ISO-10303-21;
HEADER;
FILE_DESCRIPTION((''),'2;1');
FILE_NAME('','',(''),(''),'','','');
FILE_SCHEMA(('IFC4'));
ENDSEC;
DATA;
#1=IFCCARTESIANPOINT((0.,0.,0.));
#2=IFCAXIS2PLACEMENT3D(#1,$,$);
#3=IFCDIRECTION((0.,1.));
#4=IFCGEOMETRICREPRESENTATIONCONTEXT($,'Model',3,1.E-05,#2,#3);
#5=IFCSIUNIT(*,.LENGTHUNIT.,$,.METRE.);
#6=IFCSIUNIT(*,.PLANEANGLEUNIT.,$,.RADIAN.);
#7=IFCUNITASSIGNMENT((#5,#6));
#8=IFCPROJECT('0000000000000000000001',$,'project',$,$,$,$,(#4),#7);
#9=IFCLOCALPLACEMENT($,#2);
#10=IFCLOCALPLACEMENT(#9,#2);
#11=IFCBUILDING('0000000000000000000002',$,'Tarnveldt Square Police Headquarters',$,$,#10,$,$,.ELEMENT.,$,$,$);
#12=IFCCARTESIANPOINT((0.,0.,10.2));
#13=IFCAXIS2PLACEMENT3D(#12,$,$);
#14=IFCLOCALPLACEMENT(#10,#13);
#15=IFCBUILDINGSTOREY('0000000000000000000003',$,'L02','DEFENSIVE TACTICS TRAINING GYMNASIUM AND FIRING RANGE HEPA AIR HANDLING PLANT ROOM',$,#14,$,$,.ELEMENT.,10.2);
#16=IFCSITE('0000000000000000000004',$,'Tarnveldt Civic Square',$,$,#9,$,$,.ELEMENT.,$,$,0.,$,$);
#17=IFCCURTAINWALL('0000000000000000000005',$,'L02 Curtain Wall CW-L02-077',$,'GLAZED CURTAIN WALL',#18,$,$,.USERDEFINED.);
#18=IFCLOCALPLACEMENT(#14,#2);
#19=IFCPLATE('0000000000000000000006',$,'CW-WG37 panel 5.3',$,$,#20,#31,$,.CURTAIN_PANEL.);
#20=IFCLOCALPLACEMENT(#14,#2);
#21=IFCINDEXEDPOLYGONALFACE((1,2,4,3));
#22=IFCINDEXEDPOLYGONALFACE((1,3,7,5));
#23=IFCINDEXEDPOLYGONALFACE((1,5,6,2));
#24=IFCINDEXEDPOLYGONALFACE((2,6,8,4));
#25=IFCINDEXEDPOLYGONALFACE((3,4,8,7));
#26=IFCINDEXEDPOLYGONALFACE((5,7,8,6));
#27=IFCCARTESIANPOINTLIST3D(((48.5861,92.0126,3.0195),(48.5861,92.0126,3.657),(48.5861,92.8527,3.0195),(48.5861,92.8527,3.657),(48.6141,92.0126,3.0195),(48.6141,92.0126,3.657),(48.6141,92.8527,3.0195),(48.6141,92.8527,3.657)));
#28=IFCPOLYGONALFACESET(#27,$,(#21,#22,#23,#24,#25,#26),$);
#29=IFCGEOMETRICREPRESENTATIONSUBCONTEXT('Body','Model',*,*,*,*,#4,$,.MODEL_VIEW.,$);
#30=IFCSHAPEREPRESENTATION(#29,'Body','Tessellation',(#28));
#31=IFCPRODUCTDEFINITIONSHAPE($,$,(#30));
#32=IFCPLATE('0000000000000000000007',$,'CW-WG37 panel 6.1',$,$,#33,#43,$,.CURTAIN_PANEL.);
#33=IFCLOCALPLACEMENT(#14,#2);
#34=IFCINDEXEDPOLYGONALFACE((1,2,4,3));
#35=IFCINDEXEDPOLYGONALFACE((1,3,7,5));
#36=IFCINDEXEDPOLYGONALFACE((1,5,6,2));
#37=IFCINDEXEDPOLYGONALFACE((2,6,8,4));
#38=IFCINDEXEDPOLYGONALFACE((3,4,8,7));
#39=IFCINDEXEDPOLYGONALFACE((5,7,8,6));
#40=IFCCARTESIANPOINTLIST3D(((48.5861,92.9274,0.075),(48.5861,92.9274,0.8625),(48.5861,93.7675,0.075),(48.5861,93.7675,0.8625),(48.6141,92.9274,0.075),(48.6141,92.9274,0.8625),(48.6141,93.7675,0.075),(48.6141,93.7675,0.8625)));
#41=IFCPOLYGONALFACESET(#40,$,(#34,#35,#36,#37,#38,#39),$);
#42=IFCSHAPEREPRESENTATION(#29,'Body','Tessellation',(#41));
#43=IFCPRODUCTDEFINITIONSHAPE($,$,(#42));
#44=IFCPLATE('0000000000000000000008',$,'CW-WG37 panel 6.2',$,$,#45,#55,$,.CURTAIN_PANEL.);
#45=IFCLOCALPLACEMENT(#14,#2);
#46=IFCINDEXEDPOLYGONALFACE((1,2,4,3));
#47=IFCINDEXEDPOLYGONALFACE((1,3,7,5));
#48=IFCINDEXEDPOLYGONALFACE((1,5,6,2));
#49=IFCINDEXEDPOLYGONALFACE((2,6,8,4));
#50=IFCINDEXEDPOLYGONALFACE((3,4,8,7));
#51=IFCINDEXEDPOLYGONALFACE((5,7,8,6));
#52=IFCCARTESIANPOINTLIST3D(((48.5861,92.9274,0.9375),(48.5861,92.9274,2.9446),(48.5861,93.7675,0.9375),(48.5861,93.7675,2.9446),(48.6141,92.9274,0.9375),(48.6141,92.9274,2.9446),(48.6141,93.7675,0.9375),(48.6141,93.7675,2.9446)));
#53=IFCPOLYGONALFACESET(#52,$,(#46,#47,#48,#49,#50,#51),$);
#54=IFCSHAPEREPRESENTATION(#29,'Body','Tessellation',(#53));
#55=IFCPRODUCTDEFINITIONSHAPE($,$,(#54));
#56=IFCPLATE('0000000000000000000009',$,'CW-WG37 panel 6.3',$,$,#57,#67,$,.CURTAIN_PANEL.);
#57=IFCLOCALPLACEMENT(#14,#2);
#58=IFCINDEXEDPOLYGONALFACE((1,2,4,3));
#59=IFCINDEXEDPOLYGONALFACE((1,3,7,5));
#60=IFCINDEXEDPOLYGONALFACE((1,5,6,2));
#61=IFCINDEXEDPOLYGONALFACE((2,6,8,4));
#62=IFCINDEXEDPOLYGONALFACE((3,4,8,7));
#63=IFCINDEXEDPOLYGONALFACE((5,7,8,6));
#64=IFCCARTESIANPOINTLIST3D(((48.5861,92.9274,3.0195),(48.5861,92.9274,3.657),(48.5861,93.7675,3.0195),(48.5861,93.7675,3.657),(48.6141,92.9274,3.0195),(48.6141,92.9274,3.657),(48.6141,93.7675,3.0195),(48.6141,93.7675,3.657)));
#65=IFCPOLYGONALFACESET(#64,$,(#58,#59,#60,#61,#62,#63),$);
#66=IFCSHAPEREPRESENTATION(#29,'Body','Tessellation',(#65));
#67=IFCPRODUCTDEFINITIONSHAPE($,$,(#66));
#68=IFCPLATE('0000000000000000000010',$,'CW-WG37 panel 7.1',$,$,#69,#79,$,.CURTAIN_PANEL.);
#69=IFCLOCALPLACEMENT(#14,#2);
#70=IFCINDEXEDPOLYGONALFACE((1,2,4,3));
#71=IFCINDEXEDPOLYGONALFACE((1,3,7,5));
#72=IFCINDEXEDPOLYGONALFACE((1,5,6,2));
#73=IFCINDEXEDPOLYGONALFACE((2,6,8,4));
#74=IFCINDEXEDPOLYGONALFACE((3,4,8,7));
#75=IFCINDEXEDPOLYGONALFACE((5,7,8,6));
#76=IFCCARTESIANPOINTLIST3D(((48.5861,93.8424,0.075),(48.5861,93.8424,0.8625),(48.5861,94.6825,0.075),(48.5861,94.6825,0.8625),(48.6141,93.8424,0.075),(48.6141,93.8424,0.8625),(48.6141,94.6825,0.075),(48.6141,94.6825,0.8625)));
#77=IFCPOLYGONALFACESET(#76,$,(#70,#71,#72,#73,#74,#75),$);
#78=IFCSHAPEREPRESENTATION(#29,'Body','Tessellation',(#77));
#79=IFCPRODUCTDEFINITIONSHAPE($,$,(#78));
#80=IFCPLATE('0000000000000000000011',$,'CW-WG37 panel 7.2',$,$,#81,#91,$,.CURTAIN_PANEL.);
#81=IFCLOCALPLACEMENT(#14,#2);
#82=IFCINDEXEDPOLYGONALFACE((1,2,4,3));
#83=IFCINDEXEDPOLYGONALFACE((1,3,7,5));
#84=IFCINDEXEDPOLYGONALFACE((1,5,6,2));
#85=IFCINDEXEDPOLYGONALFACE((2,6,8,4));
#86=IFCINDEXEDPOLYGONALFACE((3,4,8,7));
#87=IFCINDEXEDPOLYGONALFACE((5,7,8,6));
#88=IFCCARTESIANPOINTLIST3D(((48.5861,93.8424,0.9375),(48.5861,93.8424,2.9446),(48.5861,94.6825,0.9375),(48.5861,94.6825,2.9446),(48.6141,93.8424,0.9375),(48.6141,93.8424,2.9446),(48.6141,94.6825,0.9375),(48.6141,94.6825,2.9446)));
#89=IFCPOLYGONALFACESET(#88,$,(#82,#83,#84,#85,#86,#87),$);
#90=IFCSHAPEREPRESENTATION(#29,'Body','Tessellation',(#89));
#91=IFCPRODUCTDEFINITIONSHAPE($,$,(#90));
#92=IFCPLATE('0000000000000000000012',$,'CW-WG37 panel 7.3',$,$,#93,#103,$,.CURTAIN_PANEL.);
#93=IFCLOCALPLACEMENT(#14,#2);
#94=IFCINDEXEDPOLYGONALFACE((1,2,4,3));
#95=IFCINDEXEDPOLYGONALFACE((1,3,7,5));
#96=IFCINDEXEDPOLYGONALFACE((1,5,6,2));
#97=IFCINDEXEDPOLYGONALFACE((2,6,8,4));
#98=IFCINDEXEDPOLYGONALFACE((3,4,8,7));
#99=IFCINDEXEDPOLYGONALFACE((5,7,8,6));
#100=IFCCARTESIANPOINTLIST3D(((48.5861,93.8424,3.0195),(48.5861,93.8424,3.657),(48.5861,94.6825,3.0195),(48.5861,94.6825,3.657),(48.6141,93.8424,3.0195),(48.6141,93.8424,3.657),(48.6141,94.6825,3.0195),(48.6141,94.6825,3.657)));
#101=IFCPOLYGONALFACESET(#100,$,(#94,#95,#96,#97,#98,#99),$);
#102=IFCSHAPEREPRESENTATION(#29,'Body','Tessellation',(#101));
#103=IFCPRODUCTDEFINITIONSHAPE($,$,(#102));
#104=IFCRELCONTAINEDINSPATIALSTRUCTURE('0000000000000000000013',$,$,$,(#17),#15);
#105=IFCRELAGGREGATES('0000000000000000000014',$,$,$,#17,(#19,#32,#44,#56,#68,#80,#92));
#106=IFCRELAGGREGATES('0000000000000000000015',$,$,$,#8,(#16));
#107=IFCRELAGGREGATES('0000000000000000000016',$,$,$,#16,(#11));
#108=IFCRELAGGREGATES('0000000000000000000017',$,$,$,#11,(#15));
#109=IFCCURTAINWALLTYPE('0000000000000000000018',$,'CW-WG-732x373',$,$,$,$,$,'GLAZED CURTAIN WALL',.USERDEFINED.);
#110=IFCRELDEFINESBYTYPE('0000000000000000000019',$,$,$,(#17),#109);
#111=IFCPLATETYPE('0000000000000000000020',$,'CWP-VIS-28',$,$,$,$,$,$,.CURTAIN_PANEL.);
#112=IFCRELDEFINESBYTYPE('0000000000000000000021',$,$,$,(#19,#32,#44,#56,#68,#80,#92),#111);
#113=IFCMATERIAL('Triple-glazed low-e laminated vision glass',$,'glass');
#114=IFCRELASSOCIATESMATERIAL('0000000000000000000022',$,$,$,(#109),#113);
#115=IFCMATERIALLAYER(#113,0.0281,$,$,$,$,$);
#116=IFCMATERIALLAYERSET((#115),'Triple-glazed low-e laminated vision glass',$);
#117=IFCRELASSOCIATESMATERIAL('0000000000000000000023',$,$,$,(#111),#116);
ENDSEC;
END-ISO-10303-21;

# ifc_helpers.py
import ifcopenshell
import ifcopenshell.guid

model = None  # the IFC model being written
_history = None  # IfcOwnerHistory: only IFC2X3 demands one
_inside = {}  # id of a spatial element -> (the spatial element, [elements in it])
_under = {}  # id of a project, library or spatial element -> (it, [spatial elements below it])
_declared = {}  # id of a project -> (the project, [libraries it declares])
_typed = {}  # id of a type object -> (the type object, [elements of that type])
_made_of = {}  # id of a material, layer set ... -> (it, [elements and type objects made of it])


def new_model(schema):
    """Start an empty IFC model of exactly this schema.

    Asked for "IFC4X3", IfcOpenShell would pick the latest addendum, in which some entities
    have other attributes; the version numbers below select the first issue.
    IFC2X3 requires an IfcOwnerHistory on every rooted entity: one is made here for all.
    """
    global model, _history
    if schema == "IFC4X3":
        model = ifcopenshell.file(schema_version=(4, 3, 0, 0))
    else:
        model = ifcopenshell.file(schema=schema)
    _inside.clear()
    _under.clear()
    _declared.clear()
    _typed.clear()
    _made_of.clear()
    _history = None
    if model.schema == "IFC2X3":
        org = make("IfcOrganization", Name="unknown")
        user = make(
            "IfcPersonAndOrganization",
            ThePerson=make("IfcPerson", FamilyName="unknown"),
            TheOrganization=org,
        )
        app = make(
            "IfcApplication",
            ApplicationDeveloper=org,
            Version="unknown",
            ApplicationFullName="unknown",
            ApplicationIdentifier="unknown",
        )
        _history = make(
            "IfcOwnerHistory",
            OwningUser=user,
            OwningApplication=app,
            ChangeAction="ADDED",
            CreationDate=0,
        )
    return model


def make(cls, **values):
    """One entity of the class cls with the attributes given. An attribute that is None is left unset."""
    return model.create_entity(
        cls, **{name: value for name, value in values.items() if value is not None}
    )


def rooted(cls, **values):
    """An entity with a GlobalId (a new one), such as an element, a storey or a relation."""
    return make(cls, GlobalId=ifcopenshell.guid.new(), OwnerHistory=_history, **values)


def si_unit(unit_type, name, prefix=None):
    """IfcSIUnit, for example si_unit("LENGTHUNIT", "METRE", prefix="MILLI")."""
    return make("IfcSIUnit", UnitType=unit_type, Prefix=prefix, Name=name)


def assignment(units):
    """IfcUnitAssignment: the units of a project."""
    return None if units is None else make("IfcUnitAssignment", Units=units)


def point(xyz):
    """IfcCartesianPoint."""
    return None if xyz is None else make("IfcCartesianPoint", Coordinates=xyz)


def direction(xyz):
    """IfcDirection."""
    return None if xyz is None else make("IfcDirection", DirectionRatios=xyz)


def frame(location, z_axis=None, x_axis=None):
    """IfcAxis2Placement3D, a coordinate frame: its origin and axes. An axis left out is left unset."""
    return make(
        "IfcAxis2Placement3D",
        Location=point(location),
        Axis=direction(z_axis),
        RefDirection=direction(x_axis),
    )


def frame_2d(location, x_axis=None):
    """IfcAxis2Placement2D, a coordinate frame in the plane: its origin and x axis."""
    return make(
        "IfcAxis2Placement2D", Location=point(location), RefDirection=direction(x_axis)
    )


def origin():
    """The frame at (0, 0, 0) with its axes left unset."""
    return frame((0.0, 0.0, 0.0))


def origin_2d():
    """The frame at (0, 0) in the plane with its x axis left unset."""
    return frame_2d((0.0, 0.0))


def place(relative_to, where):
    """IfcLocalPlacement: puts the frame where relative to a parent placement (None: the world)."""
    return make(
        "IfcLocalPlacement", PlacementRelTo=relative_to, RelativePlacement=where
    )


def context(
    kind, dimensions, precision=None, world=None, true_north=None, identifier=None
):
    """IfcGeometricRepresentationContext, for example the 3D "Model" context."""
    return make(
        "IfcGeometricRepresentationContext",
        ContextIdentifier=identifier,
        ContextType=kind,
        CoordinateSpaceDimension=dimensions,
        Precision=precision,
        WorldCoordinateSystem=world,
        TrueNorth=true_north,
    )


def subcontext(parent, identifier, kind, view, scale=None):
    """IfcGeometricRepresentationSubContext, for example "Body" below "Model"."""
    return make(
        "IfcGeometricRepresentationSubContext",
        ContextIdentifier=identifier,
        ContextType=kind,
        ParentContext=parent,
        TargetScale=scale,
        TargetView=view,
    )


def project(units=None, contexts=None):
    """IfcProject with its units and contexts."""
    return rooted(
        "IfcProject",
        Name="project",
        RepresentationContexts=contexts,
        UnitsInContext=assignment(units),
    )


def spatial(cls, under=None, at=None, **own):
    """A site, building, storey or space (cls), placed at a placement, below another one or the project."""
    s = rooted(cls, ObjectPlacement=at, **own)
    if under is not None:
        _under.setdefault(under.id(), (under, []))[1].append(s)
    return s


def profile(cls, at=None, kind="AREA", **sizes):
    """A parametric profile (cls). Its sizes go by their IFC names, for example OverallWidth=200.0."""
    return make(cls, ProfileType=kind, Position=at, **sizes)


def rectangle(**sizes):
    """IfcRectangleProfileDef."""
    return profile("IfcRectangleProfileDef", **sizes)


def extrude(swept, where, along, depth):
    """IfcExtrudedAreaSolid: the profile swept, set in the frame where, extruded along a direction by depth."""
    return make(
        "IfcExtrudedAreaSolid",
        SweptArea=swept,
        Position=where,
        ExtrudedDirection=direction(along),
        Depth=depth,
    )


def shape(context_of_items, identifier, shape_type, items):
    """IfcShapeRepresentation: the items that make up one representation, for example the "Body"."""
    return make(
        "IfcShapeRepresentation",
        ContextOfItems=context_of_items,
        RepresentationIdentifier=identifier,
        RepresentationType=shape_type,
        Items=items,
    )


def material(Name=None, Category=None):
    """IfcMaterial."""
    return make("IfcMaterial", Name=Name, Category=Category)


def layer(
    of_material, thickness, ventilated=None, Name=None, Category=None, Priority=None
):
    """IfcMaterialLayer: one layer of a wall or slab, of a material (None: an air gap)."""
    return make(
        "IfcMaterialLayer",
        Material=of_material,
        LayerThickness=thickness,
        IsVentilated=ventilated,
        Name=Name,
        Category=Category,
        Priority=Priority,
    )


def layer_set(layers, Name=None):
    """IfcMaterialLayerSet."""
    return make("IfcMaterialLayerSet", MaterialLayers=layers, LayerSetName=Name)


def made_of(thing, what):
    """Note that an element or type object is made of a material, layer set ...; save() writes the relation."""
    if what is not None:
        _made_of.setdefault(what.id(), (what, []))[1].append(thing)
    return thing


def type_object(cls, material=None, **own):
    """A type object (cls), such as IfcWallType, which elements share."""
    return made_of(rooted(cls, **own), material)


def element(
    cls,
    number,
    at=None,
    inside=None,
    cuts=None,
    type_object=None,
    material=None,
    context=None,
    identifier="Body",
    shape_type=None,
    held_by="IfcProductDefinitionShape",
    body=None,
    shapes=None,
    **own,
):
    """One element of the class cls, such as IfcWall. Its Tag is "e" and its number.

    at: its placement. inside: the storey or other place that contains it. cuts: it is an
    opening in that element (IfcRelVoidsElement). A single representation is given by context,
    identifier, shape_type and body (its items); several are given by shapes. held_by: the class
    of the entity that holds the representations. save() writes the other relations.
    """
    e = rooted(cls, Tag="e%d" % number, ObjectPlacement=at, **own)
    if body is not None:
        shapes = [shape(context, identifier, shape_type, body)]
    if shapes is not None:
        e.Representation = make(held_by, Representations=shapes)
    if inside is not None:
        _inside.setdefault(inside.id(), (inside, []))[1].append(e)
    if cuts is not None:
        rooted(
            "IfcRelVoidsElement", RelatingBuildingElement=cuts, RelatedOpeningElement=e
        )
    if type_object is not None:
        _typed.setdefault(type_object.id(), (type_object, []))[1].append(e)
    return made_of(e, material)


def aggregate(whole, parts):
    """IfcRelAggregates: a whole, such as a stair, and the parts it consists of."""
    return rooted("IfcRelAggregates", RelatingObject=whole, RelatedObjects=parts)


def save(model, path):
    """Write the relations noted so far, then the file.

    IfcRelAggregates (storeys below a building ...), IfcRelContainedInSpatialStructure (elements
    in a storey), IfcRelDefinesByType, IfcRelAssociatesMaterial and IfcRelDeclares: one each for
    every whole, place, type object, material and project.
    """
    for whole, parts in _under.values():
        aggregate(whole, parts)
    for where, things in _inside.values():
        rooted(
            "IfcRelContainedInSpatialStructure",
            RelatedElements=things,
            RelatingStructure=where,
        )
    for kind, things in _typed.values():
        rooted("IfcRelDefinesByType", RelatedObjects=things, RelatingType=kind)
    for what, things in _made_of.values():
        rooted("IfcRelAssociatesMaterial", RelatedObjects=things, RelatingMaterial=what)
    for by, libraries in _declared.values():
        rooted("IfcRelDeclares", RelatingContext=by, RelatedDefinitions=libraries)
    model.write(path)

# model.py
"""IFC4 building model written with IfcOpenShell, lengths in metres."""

from ifc_helpers import new_model, si_unit, direction, frame, origin, origin_2d, place, context, subcontext, project, spatial, rectangle, extrude, material, layer, layer_set, type_object, element, aggregate, save


model = new_model("IFC4")

# Units and contexts
model_context = context("Model", 3, precision=1e-05, world=origin(), true_north=direction((0.0, 1.0)))
body_context = subcontext(model_context, "Body", "Model", "MODEL_VIEW")
ifc_project = project(units=[si_unit("LENGTHUNIT", "METRE"), si_unit("PLANEANGLEUNIT", "RADIAN")], contexts=[model_context])

# Site, building, storey
site_placement = place(None, origin())
site = spatial("IfcSite", under=ifc_project, at=site_placement, Name="Tarnveldt Civic Square", CompositionType="ELEMENT", RefElevation=0.0)
building_placement = place(site_placement, origin())
building = spatial("IfcBuilding", under=site, at=building_placement, Name="Tarnveldt Square Police Headquarters", CompositionType="ELEMENT")
storey_placement = place(building_placement, frame((0.0, 0.0, 10.2)))
storey = spatial("IfcBuildingStorey", under=building, at=storey_placement, Name="L02", Description="DEFENSIVE TACTICS TRAINING GYMNASIUM AND FIRING RANGE HEPA AIR HANDLING PLANT ROOM", CompositionType="ELEMENT", Elevation=10.2)

# Curtain wall, plates
ifc_material_1 = material(Name="Triple-glazed low-e laminated vision glass", Category="glass")
curtain_wall_type = type_object("IfcCurtainWallType", Name="CW-WG-732x373", ElementType="GLAZED CURTAIN WALL", PredefinedType="USERDEFINED", material=ifc_material_1)
curtain_wall_placement = place(storey_placement, origin())
curtain_wall = element("IfcCurtainWall", 1, at=curtain_wall_placement, inside=storey, type_object=curtain_wall_type, Name="L02 Curtain Wall CW-L02-077", ObjectType="GLAZED CURTAIN WALL", PredefinedType="USERDEFINED")
ifc_layer = layer(ifc_material_1, 0.0281)
ifc_layer_set = layer_set([ifc_layer], Name="Triple-glazed low-e laminated vision glass")
plate_type = type_object("IfcPlateType", Name="CWP-VIS-28", PredefinedType="CURTAIN_PANEL", material=ifc_layer_set)
plate_1_placement = place(storey_placement, frame((48.6001, 92.4326, 3.0195), z_axis=(0.0, 0.0, 1.0), x_axis=(0.0, 1.0, 0.0)))
plate_1 = element("IfcPlate", 2, at=plate_1_placement, type_object=plate_type, Name="CW-WG37 panel 5.3", PredefinedType="CURTAIN_PANEL", context=body_context, shape_type="SweptSolid", body=[
    extrude(rectangle(XDim=0.8401, YDim=0.0281, at=origin_2d()), origin(), (0.0, 0.0, 1.0), 0.6375),
])
plate_2_placement = place(storey_placement, frame((48.6001, 93.3474, 0.075), z_axis=(0.0, 0.0, 1.0), x_axis=(0.0, 1.0, 0.0)))
plate_2 = element("IfcPlate", 3, at=plate_2_placement, type_object=plate_type, Name="CW-WG37 panel 6.1", PredefinedType="CURTAIN_PANEL", context=body_context, shape_type="SweptSolid", body=[
    extrude(rectangle(XDim=0.8401, YDim=0.0281, at=origin_2d()), origin(), (0.0, 0.0, 1.0), 0.7876),
])
plate_3_placement = place(storey_placement, frame((48.6001, 93.3474, 0.9375), z_axis=(0.0, 0.0, 1.0), x_axis=(0.0, 1.0, 0.0)))
plate_3 = element("IfcPlate", 4, at=plate_3_placement, type_object=plate_type, Name="CW-WG37 panel 6.2", PredefinedType="CURTAIN_PANEL", context=body_context, shape_type="SweptSolid", body=[
    extrude(rectangle(XDim=0.8401, YDim=0.0281, at=origin_2d()), origin(), (0.0, 0.0, 1.0), 2.0071),
])
plate_4_placement = place(storey_placement, frame((48.6001, 93.3474, 3.0195), z_axis=(0.0, 0.0, 1.0), x_axis=(0.0, 1.0, 0.0)))
plate_4 = element("IfcPlate", 5, at=plate_4_placement, type_object=plate_type, Name="CW-WG37 panel 6.3", PredefinedType="CURTAIN_PANEL", context=body_context, shape_type="SweptSolid", body=[
    extrude(rectangle(XDim=0.8401, YDim=0.0281, at=origin_2d()), origin(), (0.0, 0.0, 1.0), 0.6375),
])
plate_5_placement = place(storey_placement, frame((48.6001, 94.2625, 0.075), z_axis=(0.0, 0.0, 1.0), x_axis=(0.0, 1.0, 0.0)))
plate_5 = element("IfcPlate", 6, at=plate_5_placement, type_object=plate_type, Name="CW-WG37 panel 7.1", PredefinedType="CURTAIN_PANEL", context=body_context, shape_type="SweptSolid", body=[
    extrude(rectangle(XDim=0.8401, YDim=0.0281, at=origin_2d()), origin(), (0.0, 0.0, 1.0), 0.7876),
])
plate_6_placement = place(storey_placement, frame((48.6001, 94.2625, 0.9375), z_axis=(0.0, 0.0, 1.0), x_axis=(0.0, 1.0, 0.0)))
plate_6 = element("IfcPlate", 7, at=plate_6_placement, type_object=plate_type, Name="CW-WG37 panel 7.2", PredefinedType="CURTAIN_PANEL", context=body_context, shape_type="SweptSolid", body=[
    extrude(rectangle(XDim=0.8401, YDim=0.0281, at=origin_2d()), origin(), (0.0, 0.0, 1.0), 2.0071),
])
plate_7_placement = place(storey_placement, frame((48.6001, 94.2625, 3.0195), z_axis=(0.0, 0.0, 1.0), x_axis=(0.0, 1.0, 0.0)))
plate_7 = element("IfcPlate", 8, at=plate_7_placement, type_object=plate_type, Name="CW-WG37 panel 7.3", PredefinedType="CURTAIN_PANEL", context=body_context, shape_type="SweptSolid", body=[
    extrude(rectangle(XDim=0.8401, YDim=0.0281, at=origin_2d()), origin(), (0.0, 0.0, 1.0), 0.6375),
])
aggregate(curtain_wall, [plate_1, plate_2, plate_3, plate_4, plate_5, plate_6, plate_7])

save(model, "model.ifc")
